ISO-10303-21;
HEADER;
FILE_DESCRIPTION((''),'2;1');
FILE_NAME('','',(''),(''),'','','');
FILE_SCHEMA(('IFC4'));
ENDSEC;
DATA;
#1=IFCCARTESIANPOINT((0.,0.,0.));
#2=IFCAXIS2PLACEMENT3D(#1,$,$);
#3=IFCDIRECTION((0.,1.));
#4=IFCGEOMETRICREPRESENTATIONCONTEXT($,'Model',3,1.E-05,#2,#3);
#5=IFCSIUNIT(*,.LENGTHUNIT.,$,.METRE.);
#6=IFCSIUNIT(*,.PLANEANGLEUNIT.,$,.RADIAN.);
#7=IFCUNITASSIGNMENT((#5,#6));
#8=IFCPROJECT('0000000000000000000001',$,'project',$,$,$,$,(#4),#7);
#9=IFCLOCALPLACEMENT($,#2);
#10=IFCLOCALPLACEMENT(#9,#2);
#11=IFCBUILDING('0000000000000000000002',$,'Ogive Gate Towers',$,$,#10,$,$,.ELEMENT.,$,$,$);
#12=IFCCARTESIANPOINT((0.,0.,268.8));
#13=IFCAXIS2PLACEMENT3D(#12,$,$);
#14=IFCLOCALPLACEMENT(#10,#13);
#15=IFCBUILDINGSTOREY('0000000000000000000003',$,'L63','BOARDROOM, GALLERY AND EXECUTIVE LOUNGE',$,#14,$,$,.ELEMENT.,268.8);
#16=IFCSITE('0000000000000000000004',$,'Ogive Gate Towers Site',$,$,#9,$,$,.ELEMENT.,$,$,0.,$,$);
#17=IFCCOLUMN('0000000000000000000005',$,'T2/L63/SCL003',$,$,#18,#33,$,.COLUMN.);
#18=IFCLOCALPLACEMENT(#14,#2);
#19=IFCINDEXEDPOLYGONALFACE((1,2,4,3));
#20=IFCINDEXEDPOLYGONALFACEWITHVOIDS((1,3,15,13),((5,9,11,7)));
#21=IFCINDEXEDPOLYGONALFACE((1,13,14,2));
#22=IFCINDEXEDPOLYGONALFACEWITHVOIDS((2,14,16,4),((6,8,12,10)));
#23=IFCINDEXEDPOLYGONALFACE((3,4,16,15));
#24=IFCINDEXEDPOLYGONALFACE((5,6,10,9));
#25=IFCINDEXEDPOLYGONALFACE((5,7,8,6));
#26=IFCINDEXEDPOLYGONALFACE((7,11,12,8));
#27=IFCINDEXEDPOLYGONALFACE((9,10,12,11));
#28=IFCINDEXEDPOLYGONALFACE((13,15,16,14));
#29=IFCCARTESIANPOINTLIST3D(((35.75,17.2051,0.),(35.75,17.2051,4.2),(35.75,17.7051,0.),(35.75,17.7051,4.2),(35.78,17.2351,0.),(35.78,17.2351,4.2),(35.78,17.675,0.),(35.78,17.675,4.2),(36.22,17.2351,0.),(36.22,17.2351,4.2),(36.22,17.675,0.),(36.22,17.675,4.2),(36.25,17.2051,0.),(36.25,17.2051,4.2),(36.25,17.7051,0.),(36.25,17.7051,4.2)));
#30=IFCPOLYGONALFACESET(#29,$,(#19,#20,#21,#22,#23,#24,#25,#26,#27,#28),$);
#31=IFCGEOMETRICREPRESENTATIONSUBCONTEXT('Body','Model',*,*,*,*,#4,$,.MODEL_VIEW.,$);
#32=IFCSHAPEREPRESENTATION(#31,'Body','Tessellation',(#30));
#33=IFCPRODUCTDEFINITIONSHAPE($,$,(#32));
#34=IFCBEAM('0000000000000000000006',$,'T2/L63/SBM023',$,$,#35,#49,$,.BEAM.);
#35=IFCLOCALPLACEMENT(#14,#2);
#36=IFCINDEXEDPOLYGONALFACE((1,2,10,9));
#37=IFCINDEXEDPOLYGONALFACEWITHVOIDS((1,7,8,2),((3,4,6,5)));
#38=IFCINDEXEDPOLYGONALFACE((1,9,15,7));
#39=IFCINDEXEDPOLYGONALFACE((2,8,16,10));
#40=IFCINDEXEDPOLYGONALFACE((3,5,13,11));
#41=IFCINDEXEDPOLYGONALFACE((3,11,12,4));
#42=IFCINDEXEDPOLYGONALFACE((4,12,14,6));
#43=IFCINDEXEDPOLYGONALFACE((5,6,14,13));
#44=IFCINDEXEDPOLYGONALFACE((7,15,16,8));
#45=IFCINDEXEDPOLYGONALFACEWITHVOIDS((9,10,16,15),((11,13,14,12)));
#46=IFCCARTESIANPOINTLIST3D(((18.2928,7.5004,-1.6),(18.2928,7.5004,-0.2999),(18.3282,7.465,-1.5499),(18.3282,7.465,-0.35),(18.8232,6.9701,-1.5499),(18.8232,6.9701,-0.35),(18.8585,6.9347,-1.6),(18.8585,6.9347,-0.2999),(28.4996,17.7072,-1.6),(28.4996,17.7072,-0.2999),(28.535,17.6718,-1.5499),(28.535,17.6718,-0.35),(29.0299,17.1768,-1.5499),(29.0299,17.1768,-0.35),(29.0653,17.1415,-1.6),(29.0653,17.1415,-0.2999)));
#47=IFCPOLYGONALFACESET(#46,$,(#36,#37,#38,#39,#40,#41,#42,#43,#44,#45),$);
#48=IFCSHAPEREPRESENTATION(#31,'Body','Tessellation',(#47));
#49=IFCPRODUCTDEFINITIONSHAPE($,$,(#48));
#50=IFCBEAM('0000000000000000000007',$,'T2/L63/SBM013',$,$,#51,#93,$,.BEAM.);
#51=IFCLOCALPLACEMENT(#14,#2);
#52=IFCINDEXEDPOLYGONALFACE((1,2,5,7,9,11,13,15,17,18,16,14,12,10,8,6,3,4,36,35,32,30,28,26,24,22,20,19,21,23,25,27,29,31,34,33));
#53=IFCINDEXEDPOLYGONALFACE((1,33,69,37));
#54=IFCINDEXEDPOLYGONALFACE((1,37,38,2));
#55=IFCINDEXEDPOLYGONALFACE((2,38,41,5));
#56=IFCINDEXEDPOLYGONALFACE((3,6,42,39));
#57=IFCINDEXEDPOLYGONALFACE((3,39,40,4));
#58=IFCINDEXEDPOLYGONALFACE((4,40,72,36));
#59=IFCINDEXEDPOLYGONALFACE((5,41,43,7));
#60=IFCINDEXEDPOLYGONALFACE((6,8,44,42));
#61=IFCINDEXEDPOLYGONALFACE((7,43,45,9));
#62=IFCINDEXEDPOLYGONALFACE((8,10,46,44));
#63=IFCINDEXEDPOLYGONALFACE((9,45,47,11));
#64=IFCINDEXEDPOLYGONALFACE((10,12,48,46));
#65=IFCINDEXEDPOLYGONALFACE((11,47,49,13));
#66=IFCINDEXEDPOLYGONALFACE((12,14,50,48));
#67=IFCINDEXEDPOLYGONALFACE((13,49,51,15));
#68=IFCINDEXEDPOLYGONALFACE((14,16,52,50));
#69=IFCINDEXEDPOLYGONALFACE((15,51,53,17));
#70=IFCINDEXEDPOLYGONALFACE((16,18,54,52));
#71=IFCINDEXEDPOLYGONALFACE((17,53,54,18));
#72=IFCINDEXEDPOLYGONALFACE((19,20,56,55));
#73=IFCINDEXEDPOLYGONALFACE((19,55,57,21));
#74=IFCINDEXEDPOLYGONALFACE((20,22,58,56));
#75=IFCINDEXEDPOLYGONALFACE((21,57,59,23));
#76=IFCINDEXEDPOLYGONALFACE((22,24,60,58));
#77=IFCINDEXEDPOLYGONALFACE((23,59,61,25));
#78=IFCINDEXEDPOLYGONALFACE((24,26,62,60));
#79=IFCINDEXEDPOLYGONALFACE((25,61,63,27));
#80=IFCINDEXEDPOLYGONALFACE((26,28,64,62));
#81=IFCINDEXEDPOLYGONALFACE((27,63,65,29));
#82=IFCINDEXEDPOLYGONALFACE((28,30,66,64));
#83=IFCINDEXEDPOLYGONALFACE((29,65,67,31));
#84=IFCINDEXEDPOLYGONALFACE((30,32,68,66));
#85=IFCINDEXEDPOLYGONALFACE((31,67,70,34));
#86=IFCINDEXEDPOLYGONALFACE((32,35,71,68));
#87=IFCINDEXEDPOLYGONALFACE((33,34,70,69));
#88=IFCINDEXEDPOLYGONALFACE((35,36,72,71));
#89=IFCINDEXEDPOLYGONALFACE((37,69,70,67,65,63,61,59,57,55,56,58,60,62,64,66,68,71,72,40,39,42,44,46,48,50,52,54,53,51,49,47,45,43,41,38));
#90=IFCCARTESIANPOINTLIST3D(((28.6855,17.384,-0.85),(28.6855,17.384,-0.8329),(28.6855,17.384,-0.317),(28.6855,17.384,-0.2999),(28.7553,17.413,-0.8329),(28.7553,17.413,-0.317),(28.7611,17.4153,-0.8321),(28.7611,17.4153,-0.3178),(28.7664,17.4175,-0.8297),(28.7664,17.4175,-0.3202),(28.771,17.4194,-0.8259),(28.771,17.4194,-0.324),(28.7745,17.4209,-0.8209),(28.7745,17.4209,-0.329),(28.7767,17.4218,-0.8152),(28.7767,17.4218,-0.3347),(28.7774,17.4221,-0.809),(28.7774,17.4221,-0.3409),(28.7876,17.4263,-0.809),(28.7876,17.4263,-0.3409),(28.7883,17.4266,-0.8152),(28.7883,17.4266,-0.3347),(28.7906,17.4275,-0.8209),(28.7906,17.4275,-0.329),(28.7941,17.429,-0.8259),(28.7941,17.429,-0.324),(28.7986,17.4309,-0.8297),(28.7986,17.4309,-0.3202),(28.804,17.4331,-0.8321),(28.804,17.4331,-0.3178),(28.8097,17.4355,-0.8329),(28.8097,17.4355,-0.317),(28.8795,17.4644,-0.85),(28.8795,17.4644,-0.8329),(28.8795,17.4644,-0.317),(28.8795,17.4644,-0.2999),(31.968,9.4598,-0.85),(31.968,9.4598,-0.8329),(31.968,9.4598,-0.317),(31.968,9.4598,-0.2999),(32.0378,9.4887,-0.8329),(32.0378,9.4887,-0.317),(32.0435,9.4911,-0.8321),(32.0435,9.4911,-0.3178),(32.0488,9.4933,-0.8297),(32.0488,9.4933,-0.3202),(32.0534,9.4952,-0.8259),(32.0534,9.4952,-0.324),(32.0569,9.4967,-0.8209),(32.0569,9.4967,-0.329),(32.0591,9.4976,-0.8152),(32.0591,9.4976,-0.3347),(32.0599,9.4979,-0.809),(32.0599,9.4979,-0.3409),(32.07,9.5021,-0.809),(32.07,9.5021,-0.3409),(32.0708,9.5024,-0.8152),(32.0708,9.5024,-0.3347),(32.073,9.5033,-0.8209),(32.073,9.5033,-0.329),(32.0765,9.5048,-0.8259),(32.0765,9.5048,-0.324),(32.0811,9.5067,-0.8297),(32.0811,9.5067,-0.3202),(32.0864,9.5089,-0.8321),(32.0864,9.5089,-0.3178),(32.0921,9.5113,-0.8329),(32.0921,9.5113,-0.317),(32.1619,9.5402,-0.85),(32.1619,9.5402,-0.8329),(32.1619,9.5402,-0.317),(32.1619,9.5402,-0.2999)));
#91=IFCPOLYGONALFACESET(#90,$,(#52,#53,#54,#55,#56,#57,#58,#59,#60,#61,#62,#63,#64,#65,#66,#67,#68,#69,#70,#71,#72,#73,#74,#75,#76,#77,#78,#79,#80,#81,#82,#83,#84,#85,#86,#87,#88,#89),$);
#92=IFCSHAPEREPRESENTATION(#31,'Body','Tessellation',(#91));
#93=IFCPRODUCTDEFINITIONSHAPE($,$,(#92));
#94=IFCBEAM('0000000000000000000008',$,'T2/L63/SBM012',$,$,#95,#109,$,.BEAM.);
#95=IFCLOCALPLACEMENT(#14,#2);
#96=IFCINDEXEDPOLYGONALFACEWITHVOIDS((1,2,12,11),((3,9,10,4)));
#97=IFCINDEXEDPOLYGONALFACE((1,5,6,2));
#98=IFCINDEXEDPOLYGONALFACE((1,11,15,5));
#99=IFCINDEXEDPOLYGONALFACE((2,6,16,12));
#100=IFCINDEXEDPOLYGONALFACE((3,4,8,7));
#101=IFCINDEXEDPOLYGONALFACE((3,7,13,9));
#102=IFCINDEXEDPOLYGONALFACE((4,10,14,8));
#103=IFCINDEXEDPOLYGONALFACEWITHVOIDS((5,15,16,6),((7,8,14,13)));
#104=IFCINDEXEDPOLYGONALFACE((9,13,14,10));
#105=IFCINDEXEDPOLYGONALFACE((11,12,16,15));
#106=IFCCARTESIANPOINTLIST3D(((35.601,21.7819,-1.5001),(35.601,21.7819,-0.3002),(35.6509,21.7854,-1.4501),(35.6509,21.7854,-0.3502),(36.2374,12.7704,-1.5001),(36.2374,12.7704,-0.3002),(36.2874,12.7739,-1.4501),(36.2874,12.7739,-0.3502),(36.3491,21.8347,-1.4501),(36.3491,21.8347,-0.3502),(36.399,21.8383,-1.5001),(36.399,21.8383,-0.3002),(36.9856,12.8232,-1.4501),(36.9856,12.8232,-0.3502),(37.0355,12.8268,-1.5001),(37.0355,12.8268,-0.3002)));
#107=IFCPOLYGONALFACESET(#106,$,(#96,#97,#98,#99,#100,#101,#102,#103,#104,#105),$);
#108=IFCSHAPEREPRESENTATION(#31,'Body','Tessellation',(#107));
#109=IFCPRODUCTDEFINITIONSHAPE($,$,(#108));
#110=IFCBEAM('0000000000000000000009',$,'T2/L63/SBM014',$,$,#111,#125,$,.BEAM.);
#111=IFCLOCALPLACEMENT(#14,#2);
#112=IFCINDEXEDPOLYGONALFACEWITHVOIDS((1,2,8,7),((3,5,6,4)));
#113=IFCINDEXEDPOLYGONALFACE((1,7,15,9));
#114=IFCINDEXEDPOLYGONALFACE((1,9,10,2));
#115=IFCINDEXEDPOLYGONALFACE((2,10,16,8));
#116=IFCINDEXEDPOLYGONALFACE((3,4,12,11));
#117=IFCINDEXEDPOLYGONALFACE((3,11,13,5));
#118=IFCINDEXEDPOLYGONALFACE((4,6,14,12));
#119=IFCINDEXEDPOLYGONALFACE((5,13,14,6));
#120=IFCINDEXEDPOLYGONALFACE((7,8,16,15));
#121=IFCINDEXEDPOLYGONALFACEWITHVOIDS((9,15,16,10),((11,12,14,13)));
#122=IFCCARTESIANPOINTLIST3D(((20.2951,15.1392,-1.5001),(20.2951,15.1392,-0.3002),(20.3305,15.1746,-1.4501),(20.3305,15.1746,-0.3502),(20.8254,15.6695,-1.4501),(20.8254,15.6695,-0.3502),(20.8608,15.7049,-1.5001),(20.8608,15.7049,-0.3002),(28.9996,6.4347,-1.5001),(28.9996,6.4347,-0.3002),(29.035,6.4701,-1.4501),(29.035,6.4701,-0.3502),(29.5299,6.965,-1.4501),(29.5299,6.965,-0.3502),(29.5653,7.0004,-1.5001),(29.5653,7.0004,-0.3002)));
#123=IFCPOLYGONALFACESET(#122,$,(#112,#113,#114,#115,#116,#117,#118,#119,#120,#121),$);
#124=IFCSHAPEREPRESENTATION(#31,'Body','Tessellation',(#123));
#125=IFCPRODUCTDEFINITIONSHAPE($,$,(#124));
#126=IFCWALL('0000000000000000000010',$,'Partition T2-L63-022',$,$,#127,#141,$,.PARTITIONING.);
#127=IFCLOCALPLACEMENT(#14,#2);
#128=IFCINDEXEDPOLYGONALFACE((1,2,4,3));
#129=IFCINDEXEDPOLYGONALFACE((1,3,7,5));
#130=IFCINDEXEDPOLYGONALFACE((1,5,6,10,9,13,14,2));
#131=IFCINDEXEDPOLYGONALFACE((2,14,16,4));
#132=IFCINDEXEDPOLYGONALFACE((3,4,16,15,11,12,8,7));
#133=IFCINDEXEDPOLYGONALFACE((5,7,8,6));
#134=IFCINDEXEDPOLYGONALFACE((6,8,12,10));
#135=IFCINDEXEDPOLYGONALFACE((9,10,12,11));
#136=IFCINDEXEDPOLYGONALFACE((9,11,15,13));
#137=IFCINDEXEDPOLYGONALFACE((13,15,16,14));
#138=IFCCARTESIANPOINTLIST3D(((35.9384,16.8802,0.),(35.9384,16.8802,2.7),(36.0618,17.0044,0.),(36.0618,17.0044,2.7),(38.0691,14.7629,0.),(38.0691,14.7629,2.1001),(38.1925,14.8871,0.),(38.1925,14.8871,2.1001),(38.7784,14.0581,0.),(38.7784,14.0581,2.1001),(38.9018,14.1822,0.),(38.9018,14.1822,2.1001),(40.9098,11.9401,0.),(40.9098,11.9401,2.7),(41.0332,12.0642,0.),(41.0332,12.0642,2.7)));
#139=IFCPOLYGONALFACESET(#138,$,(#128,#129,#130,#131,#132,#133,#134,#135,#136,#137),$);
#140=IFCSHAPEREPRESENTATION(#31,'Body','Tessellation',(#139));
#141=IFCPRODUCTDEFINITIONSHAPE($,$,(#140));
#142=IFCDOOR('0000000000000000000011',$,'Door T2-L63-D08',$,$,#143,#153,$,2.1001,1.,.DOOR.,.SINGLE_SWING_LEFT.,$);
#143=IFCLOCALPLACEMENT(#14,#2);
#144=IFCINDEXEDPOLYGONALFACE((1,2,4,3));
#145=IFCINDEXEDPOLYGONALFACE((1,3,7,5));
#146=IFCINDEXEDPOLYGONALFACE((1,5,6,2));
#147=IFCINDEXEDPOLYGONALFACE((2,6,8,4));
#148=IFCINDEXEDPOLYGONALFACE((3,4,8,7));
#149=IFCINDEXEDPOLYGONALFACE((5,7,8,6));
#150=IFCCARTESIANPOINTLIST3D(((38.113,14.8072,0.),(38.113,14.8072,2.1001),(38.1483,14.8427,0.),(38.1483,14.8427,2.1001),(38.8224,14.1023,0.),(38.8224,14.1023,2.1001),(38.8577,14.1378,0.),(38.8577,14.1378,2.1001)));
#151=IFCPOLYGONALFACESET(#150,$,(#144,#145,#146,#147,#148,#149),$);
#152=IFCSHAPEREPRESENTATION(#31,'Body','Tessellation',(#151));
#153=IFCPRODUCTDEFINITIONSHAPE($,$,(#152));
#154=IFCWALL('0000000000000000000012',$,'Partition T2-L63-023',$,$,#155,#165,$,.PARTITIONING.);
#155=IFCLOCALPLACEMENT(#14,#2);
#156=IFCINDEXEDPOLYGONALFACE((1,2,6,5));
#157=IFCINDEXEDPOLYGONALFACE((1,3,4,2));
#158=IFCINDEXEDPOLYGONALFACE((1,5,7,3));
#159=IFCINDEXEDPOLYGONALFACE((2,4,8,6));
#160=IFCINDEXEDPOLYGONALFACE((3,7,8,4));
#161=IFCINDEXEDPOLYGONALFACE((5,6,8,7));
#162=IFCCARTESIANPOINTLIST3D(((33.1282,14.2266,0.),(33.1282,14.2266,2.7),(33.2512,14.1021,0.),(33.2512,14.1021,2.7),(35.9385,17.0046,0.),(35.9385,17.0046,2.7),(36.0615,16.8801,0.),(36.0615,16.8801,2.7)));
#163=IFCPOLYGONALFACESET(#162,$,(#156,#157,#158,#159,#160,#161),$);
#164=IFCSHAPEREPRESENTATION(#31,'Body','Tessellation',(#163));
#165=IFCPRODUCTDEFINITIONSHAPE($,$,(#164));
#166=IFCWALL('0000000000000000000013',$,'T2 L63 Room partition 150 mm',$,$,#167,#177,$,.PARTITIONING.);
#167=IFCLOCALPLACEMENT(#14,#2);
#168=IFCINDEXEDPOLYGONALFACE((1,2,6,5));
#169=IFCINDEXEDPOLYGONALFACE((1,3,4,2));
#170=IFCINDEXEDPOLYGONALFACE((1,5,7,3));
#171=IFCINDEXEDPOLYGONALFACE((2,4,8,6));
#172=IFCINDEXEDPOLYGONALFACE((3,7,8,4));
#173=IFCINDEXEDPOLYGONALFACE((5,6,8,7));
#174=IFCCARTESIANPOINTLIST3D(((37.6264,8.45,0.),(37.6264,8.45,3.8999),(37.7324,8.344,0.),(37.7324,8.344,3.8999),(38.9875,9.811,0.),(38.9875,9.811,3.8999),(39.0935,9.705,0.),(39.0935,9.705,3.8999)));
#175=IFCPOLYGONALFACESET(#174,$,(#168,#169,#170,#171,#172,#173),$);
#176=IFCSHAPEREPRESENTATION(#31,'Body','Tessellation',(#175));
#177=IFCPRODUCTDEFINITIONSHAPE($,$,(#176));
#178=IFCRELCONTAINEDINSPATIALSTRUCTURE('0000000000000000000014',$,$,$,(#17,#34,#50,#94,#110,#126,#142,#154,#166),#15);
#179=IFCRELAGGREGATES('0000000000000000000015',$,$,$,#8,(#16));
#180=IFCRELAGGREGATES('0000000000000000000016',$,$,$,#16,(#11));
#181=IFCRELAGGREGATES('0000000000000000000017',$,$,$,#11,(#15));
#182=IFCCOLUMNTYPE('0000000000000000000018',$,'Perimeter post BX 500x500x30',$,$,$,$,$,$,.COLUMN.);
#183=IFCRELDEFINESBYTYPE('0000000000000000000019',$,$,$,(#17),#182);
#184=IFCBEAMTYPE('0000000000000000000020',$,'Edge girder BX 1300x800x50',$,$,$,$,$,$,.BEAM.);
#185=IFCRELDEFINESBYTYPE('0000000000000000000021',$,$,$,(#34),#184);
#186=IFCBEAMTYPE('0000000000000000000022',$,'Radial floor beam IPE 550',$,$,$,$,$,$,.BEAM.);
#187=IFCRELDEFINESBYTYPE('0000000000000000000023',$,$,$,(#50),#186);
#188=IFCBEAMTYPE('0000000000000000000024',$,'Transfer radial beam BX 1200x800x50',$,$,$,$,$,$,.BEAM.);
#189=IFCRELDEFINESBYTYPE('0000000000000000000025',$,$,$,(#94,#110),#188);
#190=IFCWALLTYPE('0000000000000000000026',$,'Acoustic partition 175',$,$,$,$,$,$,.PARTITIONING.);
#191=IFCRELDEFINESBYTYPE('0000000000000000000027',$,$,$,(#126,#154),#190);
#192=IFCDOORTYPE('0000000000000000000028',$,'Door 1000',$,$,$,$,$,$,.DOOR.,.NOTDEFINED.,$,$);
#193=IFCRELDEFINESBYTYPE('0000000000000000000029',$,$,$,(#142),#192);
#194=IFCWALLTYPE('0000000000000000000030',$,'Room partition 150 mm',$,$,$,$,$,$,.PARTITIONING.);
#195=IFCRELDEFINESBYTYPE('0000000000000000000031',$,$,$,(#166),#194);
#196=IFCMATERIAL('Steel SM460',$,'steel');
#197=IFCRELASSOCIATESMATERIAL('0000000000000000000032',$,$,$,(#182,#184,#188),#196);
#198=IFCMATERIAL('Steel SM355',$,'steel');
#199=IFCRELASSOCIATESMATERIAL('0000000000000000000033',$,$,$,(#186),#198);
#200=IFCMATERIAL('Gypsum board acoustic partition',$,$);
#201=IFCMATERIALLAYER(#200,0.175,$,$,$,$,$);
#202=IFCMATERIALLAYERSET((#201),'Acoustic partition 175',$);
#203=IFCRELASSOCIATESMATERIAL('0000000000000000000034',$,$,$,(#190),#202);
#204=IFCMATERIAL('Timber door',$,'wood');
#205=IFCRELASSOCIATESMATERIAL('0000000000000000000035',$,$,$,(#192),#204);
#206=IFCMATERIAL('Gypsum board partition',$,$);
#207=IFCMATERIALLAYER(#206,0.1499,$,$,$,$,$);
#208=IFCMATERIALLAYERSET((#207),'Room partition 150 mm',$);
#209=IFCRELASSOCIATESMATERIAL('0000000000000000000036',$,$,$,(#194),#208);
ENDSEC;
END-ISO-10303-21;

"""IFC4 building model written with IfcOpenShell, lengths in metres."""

from ifc_helpers import new_model, si_unit, direction, frame, frame_2d, origin, origin_2d, place, context, subcontext, project, spatial, rectangle, hollow_rectangle, i_section, extrude, material, layer, layer_set, material_profile, profile_set, type_object, element, fill, save


model = new_model("IFC4")

# Units and contexts
model_context = context("Model", 3, precision=1e-05, world=origin(), true_north=direction((0.0, 1.0)))
body_context = subcontext(model_context, "Body", "Model", "MODEL_VIEW")
ifc_project = project(units=[si_unit("LENGTHUNIT", "METRE"), si_unit("PLANEANGLEUNIT", "RADIAN")], contexts=[model_context])

# Site, building, storey
site_placement = place(None, origin())
site = spatial("IfcSite", under=ifc_project, at=site_placement, Name="Ogive Gate Towers Site", CompositionType="ELEMENT", RefElevation=0.0)
building_placement = place(site_placement, origin())
building = spatial("IfcBuilding", under=site, at=building_placement, Name="Ogive Gate Towers", CompositionType="ELEMENT")
storey_placement = place(building_placement, frame((0.0, 0.0, 268.8)))
storey = spatial("IfcBuildingStorey", under=building, at=storey_placement, Name="L63", Description="BOARDROOM, GALLERY AND EXECUTIVE LOUNGE", CompositionType="ELEMENT", Elevation=268.8)

# Column
ifc_material_1 = material(Name="Steel SM460", Category="steel")
ifc_material_profile_1 = material_profile(ifc_material_1, hollow_rectangle(XDim=0.5, YDim=0.5, WallThickness=0.03, at=origin_2d()), Name="BX 500x500x30")
ifc_profile_set_1 = profile_set([ifc_material_profile_1], Name="Steel SM460")
column_type = type_object("IfcColumnType", Name="Perimeter post BX 500x500x30", PredefinedType="COLUMN", material=ifc_profile_set_1)
column_placement = place(storey_placement, frame((36.0, 17.4551, 0.0), z_axis=(0.0, 0.0, 1.0), x_axis=(1.0, 0.0, 0.0)))
element("IfcColumn", 1, at=column_placement, inside=storey, type_object=column_type, Name="T2/L63/SCL003", PredefinedType="COLUMN", context=body_context, shape_type="SweptSolid", body=[
    extrude(hollow_rectangle(XDim=0.5, YDim=0.5, WallThickness=0.03, at=origin_2d()), origin(), (0.0, 0.0, 1.0), 4.2),
])

# Beams
ifc_material_profile_2 = material_profile(ifc_material_1, hollow_rectangle(XDim=0.8, YDim=1.3, WallThickness=0.05, at=origin_2d()), Name="BX 1300x800x50")
ifc_profile_set_2 = profile_set([ifc_material_profile_2], Name="Steel SM460")
beam_type_1 = type_object("IfcBeamType", Name="Edge girder BX 1300x800x50", PredefinedType="BEAM", material=ifc_profile_set_2)
beam_1_placement = place(storey_placement, frame((28.7825, 17.4243, -0.95), z_axis=(-0.707107, -0.707107, 0.0), x_axis=(0.707107, -0.707107, 0.0)))
element("IfcBeam", 2, at=beam_1_placement, inside=storey, type_object=beam_type_1, Name="T2/L63/SBM023", PredefinedType="BEAM", context=body_context, shape_type="SweptSolid", body=[
    extrude(hollow_rectangle(XDim=0.8, YDim=1.3, WallThickness=0.05, at=origin_2d()), origin(), (0.0, 0.0, 1.0), 14.4346),
])
ifc_material_2 = material(Name="Steel SM355", Category="steel")
ifc_material_profile_3 = material_profile(ifc_material_2, i_section(OverallWidth=0.21, OverallDepth=0.55, WebThickness=0.011, FlangeThickness=0.0171, FilletRadius=0.0239, at=origin_2d()), Name="IPE 550")
ifc_profile_set_3 = profile_set([ifc_material_profile_3], Name="Steel SM355")
beam_type_2 = type_object("IfcBeamType", Name="Radial floor beam IPE 550", PredefinedType="BEAM", material=ifc_profile_set_3)
beam_2_placement = place(storey_placement, frame((32.0649, 9.5, -0.575), z_axis=(-0.382695, 0.923875, 0.0), x_axis=(-0.923875, -0.382695, 0.0)))
element("IfcBeam", 3, at=beam_2_placement, inside=storey, type_object=beam_type_2, Name="T2/L63/SBM013", PredefinedType="BEAM", context=body_context, shape_type="SweptSolid", body=[
    extrude(i_section(OverallWidth=0.21, OverallDepth=0.55, WebThickness=0.011, FlangeThickness=0.0171, FilletRadius=0.0239, at=origin_2d()), origin(), (0.0, 0.0, 1.0), 8.5771),
])
ifc_material_profile_4 = material_profile(ifc_material_1, hollow_rectangle(XDim=0.8, YDim=1.2, WallThickness=0.05, at=origin_2d()), Name="BX 1200x800x50")
ifc_profile_set_4 = profile_set([ifc_material_profile_4], Name="Steel SM460")
beam_type_3 = type_object("IfcBeamType", Name="Transfer radial beam BX 1200x800x50", PredefinedType="BEAM", material=ifc_profile_set_4)
beam_3_placement = place(storey_placement, frame((36.6365, 12.7986, -0.9001), z_axis=(-0.070454, 0.997515, 0.0), x_axis=(-0.997515, -0.070454, 0.0)))
element("IfcBeam", 4, at=beam_3_placement, inside=storey, type_object=beam_type_3, Name="T2/L63/SBM012", PredefinedType="BEAM", context=body_context, shape_type="SweptSolid", body=[
    extrude(hollow_rectangle(XDim=0.8, YDim=1.2, WallThickness=0.05, at=origin_2d()), origin(), (0.0, 0.0, 1.0), 9.0339),
])
beam_4_placement = place(storey_placement, frame((29.2825, 6.7175, -0.9001), z_axis=(-0.707107, 0.707107, 0.0), x_axis=(-0.707107, -0.707107, 0.0)))
element("IfcBeam", 5, at=beam_4_placement, inside=storey, type_object=beam_type_3, Name="T2/L63/SBM014", PredefinedType="BEAM", context=body_context, shape_type="SweptSolid", body=[
    extrude(hollow_rectangle(XDim=0.8, YDim=1.2, WallThickness=0.05, at=origin_2d()), origin(), (0.0, 0.0, 1.0), 12.3101),
])

# Wall, opening, door
ifc_material_3 = material(Name="Gypsum board acoustic partition")
ifc_layer_1 = layer(ifc_material_3, 0.175)
ifc_layer_set_1 = layer_set([ifc_layer_1], Name="Acoustic partition 175")
wall_type_1 = type_object("IfcWallType", Name="Acoustic partition 175", PredefinedType="PARTITIONING", material=ifc_layer_set_1)
wall_1_placement = place(storey_placement, frame((36.0, 16.9424, 0.0), z_axis=(0.0, 0.0, 1.0), x_axis=(0.709333, -0.704874, 0.0)))
wall_1 = element("IfcWall", 6, at=wall_1_placement, inside=storey, type_object=wall_type_1, Name="Partition T2-L63-022", PredefinedType="PARTITIONING", context=body_context, shape_type="SweptSolid", body=[
    extrude(rectangle(XDim=7.0085, YDim=0.175, at=frame_2d((3.5044, 0.0))), origin(), (0.0, 0.0, 1.0), 2.7),
])
opening_1_placement = place(wall_1_placement, frame((3.0039, 0.0, 0.0)))
opening_1 = element("IfcOpeningElement", 7, at=opening_1_placement, cuts=wall_1, PredefinedType="OPENING", context=body_context, shape_type="SweptSolid", body=[
    extrude(rectangle(XDim=1.0, YDim=2.1001, at=frame_2d((0.5, 1.05))), frame((0.0, 0.0977, 0.0), z_axis=(0.0, -1.0, 0.0), x_axis=(1.0, 0.0, 0.0)), (0.0, 0.0, 1.0), 0.1951),
])
ifc_material_4 = material(Name="Timber door", Category="wood")
door_type_1 = type_object("IfcDoorType", Name="Door 1000", OperationType="NOTDEFINED", PredefinedType="DOOR", material=ifc_material_4)
door_1_placement = place(opening_1_placement, origin())
door_1 = element("IfcDoor", 8, at=door_1_placement, inside=storey, type_object=door_type_1, Name="Door T2-L63-D08", OperationType="SINGLE_SWING_LEFT", OverallHeight=2.1001, OverallWidth=1.0, PredefinedType="DOOR", context=body_context, shape_type="SweptSolid", body=[
    extrude(rectangle(XDim=1.0, YDim=2.1001, at=frame_2d((0.5, 1.05))), frame((0.0, 0.0249, 0.0), z_axis=(0.0, -1.0, 0.0), x_axis=(1.0, 0.0, 0.0)), (0.0, 0.0, 1.0), 0.05),
])
fill(opening_1, door_1)

# Walls
wall_2_placement = place(storey_placement, frame((33.1897, 14.1643, 0.0), z_axis=(0.0, 0.0, 1.0), x_axis=(0.711173, 0.703017, 0.0)))
element("IfcWall", 9, at=wall_2_placement, inside=storey, type_object=wall_type_1, Name="Partition T2-L63-023", PredefinedType="PARTITIONING", context=body_context, shape_type="SweptSolid", body=[
    extrude(rectangle(XDim=3.9517, YDim=0.175, at=frame_2d((1.9758, 0.0))), origin(), (0.0, 0.0, 1.0), 2.7),
])
ifc_material_5 = material(Name="Gypsum board partition")
ifc_layer_2 = layer(ifc_material_5, 0.1499)
ifc_layer_set_2 = layer_set([ifc_layer_2], Name="Room partition 150 mm")
wall_type_2 = type_object("IfcWallType", Name="Room partition 150 mm", PredefinedType="PARTITIONING", material=ifc_layer_set_2)
wall_3_placement = place(storey_placement, frame((37.6794, 8.397, 0.0), z_axis=(0.0, 0.0, 1.0), x_axis=(0.707107, 0.707107, 0.0)))
element("IfcWall", 10, at=wall_3_placement, inside=storey, type_object=wall_type_2, Name="T2 L63 Room partition 150 mm", PredefinedType="PARTITIONING", context=body_context, shape_type="SweptSolid", body=[
    extrude(rectangle(XDim=1.9248, YDim=0.1499, at=frame_2d((0.9624, 0.0))), origin(), (0.0, 0.0, 1.0), 3.8999),
])

save(model, "model.ifc")
